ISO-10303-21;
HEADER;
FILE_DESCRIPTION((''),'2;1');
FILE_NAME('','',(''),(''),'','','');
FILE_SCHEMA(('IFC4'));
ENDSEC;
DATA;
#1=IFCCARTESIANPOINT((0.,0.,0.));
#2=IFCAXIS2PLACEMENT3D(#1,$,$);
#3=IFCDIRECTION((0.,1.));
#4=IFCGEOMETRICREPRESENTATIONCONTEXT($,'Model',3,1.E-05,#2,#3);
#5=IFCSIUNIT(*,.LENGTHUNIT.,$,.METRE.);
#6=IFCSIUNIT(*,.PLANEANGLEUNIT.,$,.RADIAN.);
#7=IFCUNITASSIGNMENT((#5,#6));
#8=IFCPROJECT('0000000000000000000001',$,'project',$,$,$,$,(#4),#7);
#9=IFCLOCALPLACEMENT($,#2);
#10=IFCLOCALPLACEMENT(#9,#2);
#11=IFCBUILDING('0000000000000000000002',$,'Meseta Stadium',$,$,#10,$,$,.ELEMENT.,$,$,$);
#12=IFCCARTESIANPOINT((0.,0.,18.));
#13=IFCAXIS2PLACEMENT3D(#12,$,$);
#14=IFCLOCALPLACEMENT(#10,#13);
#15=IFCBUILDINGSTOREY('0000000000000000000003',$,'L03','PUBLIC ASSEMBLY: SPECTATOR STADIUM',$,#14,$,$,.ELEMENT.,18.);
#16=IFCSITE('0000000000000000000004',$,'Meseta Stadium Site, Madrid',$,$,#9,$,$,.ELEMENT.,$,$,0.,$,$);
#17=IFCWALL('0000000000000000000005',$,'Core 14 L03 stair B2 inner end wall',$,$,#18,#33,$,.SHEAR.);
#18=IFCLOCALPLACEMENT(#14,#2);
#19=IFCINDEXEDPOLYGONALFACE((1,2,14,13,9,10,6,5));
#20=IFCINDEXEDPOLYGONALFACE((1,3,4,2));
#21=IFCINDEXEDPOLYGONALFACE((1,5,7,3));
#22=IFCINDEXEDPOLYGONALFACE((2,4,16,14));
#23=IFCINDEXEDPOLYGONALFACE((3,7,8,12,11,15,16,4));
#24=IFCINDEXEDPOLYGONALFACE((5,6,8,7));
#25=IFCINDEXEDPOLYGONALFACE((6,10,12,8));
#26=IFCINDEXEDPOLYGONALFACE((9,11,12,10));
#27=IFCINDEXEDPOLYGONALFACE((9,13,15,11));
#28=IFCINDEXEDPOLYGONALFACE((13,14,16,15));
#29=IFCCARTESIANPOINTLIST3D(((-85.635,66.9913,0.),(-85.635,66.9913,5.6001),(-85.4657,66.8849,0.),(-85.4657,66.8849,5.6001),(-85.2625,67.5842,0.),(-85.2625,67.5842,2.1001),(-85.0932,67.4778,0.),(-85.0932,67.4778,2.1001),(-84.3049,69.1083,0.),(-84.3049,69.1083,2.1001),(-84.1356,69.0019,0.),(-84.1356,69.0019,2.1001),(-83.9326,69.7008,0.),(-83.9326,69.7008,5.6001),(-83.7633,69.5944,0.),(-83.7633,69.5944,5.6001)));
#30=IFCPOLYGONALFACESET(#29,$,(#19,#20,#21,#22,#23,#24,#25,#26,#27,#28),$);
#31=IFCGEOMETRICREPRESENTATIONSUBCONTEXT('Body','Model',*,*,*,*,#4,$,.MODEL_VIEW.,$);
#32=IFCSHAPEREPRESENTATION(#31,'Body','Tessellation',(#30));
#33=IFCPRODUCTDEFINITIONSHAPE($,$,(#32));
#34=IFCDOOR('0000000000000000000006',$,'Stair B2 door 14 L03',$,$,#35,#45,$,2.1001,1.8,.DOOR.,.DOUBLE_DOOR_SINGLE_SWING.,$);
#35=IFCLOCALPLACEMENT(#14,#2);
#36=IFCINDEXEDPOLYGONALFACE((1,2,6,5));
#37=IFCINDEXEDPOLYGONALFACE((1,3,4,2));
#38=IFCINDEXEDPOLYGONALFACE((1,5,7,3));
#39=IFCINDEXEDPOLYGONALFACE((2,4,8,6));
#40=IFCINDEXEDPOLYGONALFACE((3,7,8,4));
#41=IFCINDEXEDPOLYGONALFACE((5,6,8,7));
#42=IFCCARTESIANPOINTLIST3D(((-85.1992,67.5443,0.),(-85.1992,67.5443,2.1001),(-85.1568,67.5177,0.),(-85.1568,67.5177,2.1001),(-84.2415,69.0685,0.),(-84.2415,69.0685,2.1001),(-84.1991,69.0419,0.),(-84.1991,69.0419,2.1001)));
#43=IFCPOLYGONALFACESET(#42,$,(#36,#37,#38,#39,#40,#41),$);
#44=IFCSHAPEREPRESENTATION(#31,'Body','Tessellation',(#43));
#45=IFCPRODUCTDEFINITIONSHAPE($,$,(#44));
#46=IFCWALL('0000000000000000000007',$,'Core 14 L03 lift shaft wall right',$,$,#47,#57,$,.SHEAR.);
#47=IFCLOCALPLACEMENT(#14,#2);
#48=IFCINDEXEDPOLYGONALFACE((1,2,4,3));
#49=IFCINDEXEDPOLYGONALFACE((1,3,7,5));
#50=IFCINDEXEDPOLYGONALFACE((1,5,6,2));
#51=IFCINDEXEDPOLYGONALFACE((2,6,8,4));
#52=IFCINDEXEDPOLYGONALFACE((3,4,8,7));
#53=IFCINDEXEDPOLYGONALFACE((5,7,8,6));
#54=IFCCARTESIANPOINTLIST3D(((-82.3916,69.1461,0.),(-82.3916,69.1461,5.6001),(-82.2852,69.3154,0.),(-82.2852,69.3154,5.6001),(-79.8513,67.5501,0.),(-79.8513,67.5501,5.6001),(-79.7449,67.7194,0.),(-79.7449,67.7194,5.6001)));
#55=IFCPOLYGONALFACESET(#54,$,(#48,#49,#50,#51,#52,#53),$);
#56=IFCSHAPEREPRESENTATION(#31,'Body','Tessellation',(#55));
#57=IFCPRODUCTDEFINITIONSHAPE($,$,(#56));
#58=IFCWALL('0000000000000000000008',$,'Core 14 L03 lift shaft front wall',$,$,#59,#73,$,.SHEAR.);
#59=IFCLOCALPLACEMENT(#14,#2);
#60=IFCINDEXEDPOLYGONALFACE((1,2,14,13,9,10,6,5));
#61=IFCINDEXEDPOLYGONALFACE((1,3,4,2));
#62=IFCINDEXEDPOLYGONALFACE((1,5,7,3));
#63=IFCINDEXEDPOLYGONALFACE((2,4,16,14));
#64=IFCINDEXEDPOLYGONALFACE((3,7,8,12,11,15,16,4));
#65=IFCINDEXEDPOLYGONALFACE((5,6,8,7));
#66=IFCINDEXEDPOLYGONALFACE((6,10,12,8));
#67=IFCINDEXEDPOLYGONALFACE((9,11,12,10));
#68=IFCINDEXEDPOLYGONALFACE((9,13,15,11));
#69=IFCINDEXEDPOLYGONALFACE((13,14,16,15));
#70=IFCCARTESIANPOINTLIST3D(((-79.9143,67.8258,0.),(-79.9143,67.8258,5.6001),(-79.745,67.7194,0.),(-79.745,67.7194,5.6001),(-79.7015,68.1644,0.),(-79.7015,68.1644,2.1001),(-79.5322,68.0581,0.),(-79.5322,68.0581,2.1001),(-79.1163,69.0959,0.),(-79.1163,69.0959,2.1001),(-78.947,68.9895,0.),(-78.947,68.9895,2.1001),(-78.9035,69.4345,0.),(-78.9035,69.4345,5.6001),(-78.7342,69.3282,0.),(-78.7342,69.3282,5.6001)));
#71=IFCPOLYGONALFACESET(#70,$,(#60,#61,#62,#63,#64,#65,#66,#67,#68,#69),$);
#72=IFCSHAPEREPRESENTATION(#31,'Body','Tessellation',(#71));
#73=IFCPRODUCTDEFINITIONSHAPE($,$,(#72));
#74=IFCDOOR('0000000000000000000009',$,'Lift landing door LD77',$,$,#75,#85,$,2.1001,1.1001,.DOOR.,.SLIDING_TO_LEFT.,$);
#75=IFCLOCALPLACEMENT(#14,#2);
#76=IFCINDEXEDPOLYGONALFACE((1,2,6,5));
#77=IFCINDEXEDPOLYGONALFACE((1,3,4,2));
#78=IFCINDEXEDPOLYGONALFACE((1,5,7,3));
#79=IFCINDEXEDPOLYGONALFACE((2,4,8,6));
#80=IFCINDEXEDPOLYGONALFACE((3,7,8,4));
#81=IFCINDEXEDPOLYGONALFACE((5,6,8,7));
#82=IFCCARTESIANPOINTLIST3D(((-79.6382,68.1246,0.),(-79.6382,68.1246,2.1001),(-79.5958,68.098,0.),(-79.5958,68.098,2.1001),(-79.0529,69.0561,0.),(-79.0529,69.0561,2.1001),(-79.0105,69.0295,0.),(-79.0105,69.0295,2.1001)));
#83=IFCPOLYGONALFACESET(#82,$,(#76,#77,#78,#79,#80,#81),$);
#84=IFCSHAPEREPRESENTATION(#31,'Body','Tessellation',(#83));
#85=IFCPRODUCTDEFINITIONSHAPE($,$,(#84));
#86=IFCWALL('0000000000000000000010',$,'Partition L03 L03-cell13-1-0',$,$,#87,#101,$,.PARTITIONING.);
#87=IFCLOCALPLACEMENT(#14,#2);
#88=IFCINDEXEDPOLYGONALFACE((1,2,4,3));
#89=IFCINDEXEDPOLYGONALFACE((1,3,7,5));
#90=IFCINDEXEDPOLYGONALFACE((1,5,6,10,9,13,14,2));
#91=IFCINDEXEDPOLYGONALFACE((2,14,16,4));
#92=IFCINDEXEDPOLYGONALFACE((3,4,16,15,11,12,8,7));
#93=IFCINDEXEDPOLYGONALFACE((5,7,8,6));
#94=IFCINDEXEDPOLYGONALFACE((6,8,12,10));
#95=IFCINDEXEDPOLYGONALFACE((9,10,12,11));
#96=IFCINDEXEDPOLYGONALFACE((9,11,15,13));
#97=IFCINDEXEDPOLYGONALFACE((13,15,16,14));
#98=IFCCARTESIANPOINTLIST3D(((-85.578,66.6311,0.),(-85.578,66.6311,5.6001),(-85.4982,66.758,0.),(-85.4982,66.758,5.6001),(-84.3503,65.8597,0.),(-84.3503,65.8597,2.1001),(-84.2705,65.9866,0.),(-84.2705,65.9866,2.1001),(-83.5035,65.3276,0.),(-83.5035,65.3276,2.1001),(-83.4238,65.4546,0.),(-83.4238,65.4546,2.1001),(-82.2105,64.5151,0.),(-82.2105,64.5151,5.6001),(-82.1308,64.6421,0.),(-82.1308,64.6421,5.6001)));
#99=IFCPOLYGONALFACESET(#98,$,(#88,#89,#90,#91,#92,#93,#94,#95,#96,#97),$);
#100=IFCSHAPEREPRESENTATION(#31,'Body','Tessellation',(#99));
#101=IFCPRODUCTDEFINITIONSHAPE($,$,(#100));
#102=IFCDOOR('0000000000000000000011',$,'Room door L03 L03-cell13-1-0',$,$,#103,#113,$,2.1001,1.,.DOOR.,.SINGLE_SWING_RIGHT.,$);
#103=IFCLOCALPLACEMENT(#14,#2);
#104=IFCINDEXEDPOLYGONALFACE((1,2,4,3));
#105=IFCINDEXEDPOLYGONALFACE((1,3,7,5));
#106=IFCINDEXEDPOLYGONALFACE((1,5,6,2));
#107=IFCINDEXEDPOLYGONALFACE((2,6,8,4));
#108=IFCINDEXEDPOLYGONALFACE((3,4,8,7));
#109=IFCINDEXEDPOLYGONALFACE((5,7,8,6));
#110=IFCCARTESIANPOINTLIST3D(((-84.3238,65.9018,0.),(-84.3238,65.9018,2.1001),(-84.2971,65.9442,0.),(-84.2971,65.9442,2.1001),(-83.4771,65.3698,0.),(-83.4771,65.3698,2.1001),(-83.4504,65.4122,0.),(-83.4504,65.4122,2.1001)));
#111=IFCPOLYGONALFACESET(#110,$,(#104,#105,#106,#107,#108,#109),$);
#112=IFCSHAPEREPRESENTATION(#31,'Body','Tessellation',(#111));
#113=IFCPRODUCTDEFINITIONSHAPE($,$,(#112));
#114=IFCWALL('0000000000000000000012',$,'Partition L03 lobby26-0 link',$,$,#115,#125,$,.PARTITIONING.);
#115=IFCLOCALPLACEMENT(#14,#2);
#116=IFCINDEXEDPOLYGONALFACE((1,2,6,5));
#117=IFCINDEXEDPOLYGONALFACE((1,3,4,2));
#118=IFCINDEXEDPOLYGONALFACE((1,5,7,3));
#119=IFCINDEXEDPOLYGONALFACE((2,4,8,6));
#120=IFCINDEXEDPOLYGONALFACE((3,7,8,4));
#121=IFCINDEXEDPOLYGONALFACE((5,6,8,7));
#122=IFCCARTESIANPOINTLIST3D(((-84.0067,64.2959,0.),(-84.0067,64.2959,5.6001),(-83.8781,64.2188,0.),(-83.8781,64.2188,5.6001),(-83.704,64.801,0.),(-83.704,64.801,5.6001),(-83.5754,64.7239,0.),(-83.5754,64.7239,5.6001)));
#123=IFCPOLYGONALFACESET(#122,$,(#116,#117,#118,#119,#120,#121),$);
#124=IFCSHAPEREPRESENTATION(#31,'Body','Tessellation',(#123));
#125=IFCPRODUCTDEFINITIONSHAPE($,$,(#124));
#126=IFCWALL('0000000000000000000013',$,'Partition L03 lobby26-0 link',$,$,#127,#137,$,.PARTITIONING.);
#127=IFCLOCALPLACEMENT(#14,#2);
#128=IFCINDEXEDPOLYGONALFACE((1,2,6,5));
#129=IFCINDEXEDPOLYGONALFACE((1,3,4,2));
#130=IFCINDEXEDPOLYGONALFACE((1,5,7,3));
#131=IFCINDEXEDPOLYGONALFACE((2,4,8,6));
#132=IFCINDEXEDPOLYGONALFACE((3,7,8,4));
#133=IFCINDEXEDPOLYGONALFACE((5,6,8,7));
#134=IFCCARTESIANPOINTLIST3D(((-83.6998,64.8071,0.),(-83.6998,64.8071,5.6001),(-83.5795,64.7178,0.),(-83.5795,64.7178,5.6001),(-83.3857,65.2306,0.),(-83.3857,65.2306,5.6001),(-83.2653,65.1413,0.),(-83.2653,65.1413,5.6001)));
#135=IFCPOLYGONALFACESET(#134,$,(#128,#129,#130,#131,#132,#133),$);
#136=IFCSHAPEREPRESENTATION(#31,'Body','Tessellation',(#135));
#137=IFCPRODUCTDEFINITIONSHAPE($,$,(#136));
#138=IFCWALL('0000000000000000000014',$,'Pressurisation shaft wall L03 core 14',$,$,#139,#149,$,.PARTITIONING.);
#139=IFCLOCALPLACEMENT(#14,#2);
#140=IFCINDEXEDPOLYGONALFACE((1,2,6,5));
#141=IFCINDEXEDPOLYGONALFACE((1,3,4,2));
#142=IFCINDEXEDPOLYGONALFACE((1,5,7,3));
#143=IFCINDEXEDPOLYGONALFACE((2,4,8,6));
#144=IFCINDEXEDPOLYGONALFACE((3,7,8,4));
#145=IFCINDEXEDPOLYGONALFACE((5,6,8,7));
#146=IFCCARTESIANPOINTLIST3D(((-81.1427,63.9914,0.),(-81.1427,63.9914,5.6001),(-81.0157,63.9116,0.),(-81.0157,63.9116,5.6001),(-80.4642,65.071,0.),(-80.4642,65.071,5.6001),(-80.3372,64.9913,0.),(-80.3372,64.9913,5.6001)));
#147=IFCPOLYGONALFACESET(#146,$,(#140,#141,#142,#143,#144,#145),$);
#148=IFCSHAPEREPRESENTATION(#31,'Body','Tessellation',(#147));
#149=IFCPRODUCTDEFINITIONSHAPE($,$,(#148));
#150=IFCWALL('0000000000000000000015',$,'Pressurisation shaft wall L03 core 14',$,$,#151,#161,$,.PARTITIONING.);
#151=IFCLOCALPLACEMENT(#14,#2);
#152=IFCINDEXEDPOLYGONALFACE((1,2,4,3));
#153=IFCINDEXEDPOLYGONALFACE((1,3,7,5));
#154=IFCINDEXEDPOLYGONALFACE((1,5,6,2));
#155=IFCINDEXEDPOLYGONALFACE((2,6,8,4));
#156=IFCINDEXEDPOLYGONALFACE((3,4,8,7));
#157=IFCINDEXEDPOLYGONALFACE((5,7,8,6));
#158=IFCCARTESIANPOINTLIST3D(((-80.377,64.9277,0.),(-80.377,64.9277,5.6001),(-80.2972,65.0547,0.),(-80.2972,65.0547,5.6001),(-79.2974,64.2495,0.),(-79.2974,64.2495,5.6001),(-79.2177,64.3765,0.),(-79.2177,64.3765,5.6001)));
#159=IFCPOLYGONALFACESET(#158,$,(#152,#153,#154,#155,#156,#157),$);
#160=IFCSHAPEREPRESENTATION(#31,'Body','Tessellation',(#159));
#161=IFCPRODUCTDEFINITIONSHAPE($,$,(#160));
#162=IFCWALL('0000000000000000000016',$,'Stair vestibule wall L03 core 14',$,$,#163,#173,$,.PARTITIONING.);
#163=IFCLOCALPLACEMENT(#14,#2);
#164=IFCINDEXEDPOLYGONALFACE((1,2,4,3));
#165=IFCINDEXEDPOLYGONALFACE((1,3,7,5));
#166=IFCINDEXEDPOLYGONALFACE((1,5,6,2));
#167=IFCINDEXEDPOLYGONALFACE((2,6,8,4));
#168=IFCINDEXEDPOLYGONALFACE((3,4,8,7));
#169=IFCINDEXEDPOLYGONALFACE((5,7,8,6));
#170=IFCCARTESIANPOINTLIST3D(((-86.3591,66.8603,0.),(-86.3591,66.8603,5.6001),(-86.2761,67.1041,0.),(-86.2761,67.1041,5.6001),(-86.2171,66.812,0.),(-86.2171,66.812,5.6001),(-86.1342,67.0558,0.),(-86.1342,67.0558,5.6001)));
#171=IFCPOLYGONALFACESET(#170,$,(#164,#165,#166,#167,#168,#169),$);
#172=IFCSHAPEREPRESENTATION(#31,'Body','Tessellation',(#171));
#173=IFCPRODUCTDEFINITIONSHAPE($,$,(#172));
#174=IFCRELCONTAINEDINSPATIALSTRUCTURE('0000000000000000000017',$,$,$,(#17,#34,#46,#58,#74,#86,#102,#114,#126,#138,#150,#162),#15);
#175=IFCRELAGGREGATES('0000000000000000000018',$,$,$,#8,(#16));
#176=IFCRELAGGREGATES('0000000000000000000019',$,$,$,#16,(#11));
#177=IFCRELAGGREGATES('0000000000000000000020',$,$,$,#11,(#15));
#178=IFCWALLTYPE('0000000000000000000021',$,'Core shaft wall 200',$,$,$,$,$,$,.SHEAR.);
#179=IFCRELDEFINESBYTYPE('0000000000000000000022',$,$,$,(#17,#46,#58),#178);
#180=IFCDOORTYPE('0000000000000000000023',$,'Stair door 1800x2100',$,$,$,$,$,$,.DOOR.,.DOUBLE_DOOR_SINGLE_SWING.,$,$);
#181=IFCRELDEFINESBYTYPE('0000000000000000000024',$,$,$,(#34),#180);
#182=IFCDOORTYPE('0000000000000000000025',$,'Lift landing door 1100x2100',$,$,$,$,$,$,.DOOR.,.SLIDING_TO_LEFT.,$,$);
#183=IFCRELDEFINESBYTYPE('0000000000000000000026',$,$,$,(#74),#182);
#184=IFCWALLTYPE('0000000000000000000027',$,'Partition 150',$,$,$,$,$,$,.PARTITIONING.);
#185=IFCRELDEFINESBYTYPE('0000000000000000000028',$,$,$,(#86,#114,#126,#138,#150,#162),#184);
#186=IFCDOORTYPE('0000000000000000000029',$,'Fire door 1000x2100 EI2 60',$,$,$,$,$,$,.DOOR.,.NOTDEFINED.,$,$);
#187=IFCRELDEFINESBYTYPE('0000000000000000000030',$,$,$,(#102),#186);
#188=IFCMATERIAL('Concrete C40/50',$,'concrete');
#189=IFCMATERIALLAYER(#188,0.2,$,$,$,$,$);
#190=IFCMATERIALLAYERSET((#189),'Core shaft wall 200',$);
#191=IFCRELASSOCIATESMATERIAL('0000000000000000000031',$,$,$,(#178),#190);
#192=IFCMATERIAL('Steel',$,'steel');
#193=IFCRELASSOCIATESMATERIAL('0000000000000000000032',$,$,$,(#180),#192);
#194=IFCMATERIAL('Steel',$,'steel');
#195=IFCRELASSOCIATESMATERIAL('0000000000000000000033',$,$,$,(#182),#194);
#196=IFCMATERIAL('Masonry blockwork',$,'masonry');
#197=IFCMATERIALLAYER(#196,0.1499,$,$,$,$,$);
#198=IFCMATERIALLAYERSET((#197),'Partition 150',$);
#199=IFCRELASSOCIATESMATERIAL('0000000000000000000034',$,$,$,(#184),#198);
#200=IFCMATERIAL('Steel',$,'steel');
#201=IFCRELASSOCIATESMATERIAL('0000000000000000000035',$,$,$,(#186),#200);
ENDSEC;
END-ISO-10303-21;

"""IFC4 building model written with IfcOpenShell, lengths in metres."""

from ifc_helpers import new_model, si_unit, direction, frame, frame_2d, origin, place, context, subcontext, project, spatial, rectangle, extrude, material, layer, layer_set, type_object, element, fill, save


model = new_model("IFC4")

# Units and contexts
model_context = context("Model", 3, precision=1e-05, world=origin(), true_north=direction((0.0, 1.0)))
body_context = subcontext(model_context, "Body", "Model", "MODEL_VIEW")
ifc_project = project(units=[si_unit("LENGTHUNIT", "METRE"), si_unit("PLANEANGLEUNIT", "RADIAN")], contexts=[model_context])

# Site, building, storey
site_placement = place(None, origin())
site = spatial("IfcSite", under=ifc_project, at=site_placement, Name="Meseta Stadium Site, Madrid", CompositionType="ELEMENT", RefElevation=0.0)
building_placement = place(site_placement, origin())
building = spatial("IfcBuilding", under=site, at=building_placement, Name="Meseta Stadium", CompositionType="ELEMENT")
storey_placement = place(building_placement, frame((0.0, 0.0, 18.0)))
storey = spatial("IfcBuildingStorey", under=building, at=storey_placement, Name="L03", Description="PUBLIC ASSEMBLY: SPECTATOR STADIUM", CompositionType="ELEMENT", Elevation=18.0)

# Wall, opening, door
ifc_material_1 = material(Name="Concrete C40/50", Category="concrete")
ifc_layer_1 = layer(ifc_material_1, 0.2)
ifc_layer_set_1 = layer_set([ifc_layer_1], Name="Core shaft wall 200")
wall_type_1 = type_object("IfcWallType", Name="Core shaft wall 200", PredefinedType="SHEAR", material=ifc_layer_set_1)
wall_1_placement = place(storey_placement, frame((-83.8479, 69.6477, 0.0), z_axis=(0.0, 0.0, 1.0), x_axis=(-0.532014, -0.846736, 0.0)))
wall_1 = element("IfcWall", 1, at=wall_1_placement, inside=storey, type_object=wall_type_1, Name="Core 14 L03 stair B2 inner end wall", PredefinedType="SHEAR", context=body_context, shape_type="SweptSolid", body=[
    extrude(rectangle(XDim=3.2, YDim=0.2, at=frame_2d((1.6001, 0.0))), origin(), (0.0, 0.0, 1.0), 5.6001),
])
opening_1_placement = place(wall_1_placement, frame((0.7, 0.0, 0.0)))
opening_1 = element("IfcOpeningElement", 2, at=opening_1_placement, cuts=wall_1, PredefinedType="OPENING", context=body_context, shape_type="SweptSolid", body=[
    extrude(rectangle(XDim=1.8, YDim=2.1001, at=frame_2d((0.8999, 1.05))), frame((0.0, 0.1099, 0.0), z_axis=(0.0, -1.0, 0.0), x_axis=(1.0, 0.0, 0.0)), (0.0, 0.0, 1.0), 0.22),
])
ifc_material_2 = material(Name="Steel", Category="steel")
door_type_1 = type_object("IfcDoorType", Name="Stair door 1800x2100", OperationType="DOUBLE_DOOR_SINGLE_SWING", PredefinedType="DOOR", material=ifc_material_2)
door_1_placement = place(opening_1_placement, origin())
door_1 = element("IfcDoor", 3, at=door_1_placement, inside=storey, type_object=door_type_1, Name="Stair B2 door 14 L03", OperationType="DOUBLE_DOOR_SINGLE_SWING", OverallHeight=2.1001, OverallWidth=1.8, PredefinedType="DOOR", context=body_context, shape_type="SweptSolid", body=[
    extrude(rectangle(XDim=1.8, YDim=2.1001, at=frame_2d((0.8999, 1.05))), frame((0.0, 0.0249, 0.0), z_axis=(0.0, -1.0, 0.0), x_axis=(1.0, 0.0, 0.0)), (0.0, 0.0, 1.0), 0.05),
])
fill(opening_1, door_1)

# Wall
wall_2_placement = place(storey_placement, frame((-82.3384, 69.2307, 0.0), z_axis=(0.0, 0.0, 1.0), x_axis=(0.846757, -0.53198, 0.0)))
element("IfcWall", 4, at=wall_2_placement, inside=storey, type_object=wall_type_1, Name="Core 14 L03 lift shaft wall right", PredefinedType="SHEAR", context=body_context, shape_type="SweptSolid", body=[
    extrude(rectangle(XDim=3.0, YDim=0.2, at=frame_2d((1.5, 0.0))), origin(), (0.0, 0.0, 1.0), 5.6001),
])

# Walls, openings, doors
wall_3_placement = place(storey_placement, frame((-78.8188, 69.3813, 0.0), z_axis=(0.0, 0.0, 1.0), x_axis=(-0.532019, -0.846732, 0.0)))
wall_3 = element("IfcWall", 5, at=wall_3_placement, inside=storey, type_object=wall_type_1, Name="Core 14 L03 lift shaft front wall", PredefinedType="SHEAR", context=body_context, shape_type="SweptSolid", body=[
    extrude(rectangle(XDim=1.8999, YDim=0.2, at=frame_2d((0.95, 0.0))), origin(), (0.0, 0.0, 1.0), 5.6001),
])
opening_2_placement = place(wall_3_placement, frame((0.3999, 0.0, 0.0)))
opening_2 = element("IfcOpeningElement", 6, at=opening_2_placement, cuts=wall_3, PredefinedType="OPENING", context=body_context, shape_type="SweptSolid", body=[
    extrude(rectangle(XDim=1.1001, YDim=2.1001, at=frame_2d((0.55, 1.05))), frame((0.0, 0.1099, 0.0), z_axis=(0.0, -1.0, 0.0), x_axis=(1.0, 0.0, 0.0)), (0.0, 0.0, 1.0), 0.22),
])
ifc_material_3 = material(Name="Steel", Category="steel")
door_type_2 = type_object("IfcDoorType", Name="Lift landing door 1100x2100", OperationType="SLIDING_TO_LEFT", PredefinedType="DOOR", material=ifc_material_3)
door_2_placement = place(opening_2_placement, origin())
door_2 = element("IfcDoor", 7, at=door_2_placement, inside=storey, type_object=door_type_2, Name="Lift landing door LD77", OperationType="SLIDING_TO_LEFT", OverallHeight=2.1001, OverallWidth=1.1001, PredefinedType="DOOR", context=body_context, shape_type="SweptSolid", body=[
    extrude(rectangle(XDim=1.1001, YDim=2.1001, at=frame_2d((0.55, 1.05))), frame((0.0, 0.0249, 0.0), z_axis=(0.0, -1.0, 0.0), x_axis=(1.0, 0.0, 0.0)), (0.0, 0.0, 1.0), 0.05),
])
fill(opening_2, door_2)
ifc_material_4 = material(Name="Masonry blockwork", Category="masonry")
ifc_layer_2 = layer(ifc_material_4, 0.1499)
ifc_layer_set_2 = layer_set([ifc_layer_2], Name="Partition 150")
wall_type_2 = type_object("IfcWallType", Name="Partition 150", PredefinedType="PARTITIONING", material=ifc_layer_set_2)
wall_4_placement = place(storey_placement, frame((-85.5381, 66.6946, 0.0), z_axis=(0.0, 0.0, 1.0), x_axis=(0.846716, -0.532045, 0.0)))
wall_4 = element("IfcWall", 8, at=wall_4_placement, inside=storey, type_object=wall_type_2, Name="Partition L03 L03-cell13-1-0", PredefinedType="PARTITIONING", context=body_context, shape_type="SweptSolid", body=[
    extrude(rectangle(XDim=3.9771, YDim=0.1499, at=frame_2d((1.9885, 0.0))), origin(), (0.0, 0.0, 1.0), 5.6001),
])
opening_3_placement = place(wall_4_placement, frame((1.45, 0.0, 0.0)))
opening_3 = element("IfcOpeningElement", 9, at=opening_3_placement, cuts=wall_4, PredefinedType="OPENING", context=body_context, shape_type="SweptSolid", body=[
    extrude(rectangle(XDim=1.0, YDim=2.1001, at=frame_2d((0.5, 1.05))), frame((0.0, 0.085, 0.0), z_axis=(0.0, -1.0, 0.0), x_axis=(1.0, 0.0, 0.0)), (0.0, 0.0, 1.0), 0.1699),
])
ifc_material_5 = material(Name="Steel", Category="steel")
door_type_3 = type_object("IfcDoorType", Name="Fire door 1000x2100 EI2 60", OperationType="NOTDEFINED", PredefinedType="DOOR", material=ifc_material_5)
door_3_placement = place(opening_3_placement, origin())
door_3 = element("IfcDoor", 10, at=door_3_placement, inside=storey, type_object=door_type_3, Name="Room door L03 L03-cell13-1-0", OperationType="SINGLE_SWING_RIGHT", OverallHeight=2.1001, OverallWidth=1.0, PredefinedType="DOOR", context=body_context, shape_type="SweptSolid", body=[
    extrude(rectangle(XDim=1.0, YDim=2.1001, at=frame_2d((0.5, 1.05))), frame((0.0, 0.0249, 0.0), z_axis=(0.0, -1.0, 0.0), x_axis=(1.0, 0.0, 0.0)), (0.0, 0.0, 1.0), 0.05),
])
fill(opening_3, door_3)

# Walls
wall_5_placement = place(storey_placement, frame((-83.9424, 64.2573, 0.0), z_axis=(0.0, 0.0, 1.0), x_axis=(0.514069, 0.857749, 0.0)))
element("IfcWall", 11, at=wall_5_placement, inside=storey, type_object=wall_type_2, Name="Partition L03 lobby26-0 link", PredefinedType="PARTITIONING", context=body_context, shape_type="SweptSolid", body=[
    extrude(rectangle(XDim=0.5889, YDim=0.1499, at=frame_2d((0.2944, 0.0))), origin(), (0.0, 0.0, 1.0), 5.6001),
])
wall_6_placement = place(storey_placement, frame((-83.6396, 64.7625, 0.0), z_axis=(0.0, 0.0, 1.0), x_axis=(0.59577, 0.803155, 0.0)))
element("IfcWall", 12, at=wall_6_placement, inside=storey, type_object=wall_type_2, Name="Partition L03 lobby26-0 link", PredefinedType="PARTITIONING", context=body_context, shape_type="SweptSolid", body=[
    extrude(rectangle(XDim=0.5273, YDim=0.1499, at=frame_2d((0.2637, 0.0))), origin(), (0.0, 0.0, 1.0), 5.6001),
])
wall_7_placement = place(storey_placement, frame((-80.4006, 65.0312, 0.0), z_axis=(0.0, 0.0, 1.0), x_axis=(-0.532097, -0.846683, 0.0)))
element("IfcWall", 13, at=wall_7_placement, inside=storey, type_object=wall_type_2, Name="Pressurisation shaft wall L03 core 14", PredefinedType="PARTITIONING", context=body_context, shape_type="SweptSolid", body=[
    extrude(rectangle(XDim=1.2751, YDim=0.1499, at=frame_2d((0.6377, 0.0))), origin(), (0.0, 0.0, 1.0), 5.6001),
])
wall_8_placement = place(storey_placement, frame((-79.2576, 64.313, 0.0), z_axis=(0.0, 0.0, 1.0), x_axis=(-0.84677, 0.53196, 0.0)))
element("IfcWall", 14, at=wall_8_placement, inside=storey, type_object=wall_type_2, Name="Pressurisation shaft wall L03 core 14", PredefinedType="PARTITIONING", context=body_context, shape_type="SweptSolid", body=[
    extrude(rectangle(XDim=1.2749, YDim=0.1499, at=frame_2d((0.6375, 0.0))), origin(), (0.0, 0.0, 1.0), 5.6001),
])
wall_9_placement = place(storey_placement, frame((-86.2051, 67.0801, 0.0), z_axis=(0.0, 0.0, 1.0), x_axis=(-0.322192, -0.946675, 0.0)))
element("IfcWall", 15, at=wall_9_placement, inside=storey, type_object=wall_type_2, Name="Stair vestibule wall L03 core 14", PredefinedType="PARTITIONING", context=body_context, shape_type="SweptSolid", body=[
    extrude(rectangle(XDim=0.2576, YDim=0.1499, at=frame_2d((0.1289, 0.0))), origin(), (0.0, 0.0, 1.0), 5.6001),
])

save(model, "model.ifc")
